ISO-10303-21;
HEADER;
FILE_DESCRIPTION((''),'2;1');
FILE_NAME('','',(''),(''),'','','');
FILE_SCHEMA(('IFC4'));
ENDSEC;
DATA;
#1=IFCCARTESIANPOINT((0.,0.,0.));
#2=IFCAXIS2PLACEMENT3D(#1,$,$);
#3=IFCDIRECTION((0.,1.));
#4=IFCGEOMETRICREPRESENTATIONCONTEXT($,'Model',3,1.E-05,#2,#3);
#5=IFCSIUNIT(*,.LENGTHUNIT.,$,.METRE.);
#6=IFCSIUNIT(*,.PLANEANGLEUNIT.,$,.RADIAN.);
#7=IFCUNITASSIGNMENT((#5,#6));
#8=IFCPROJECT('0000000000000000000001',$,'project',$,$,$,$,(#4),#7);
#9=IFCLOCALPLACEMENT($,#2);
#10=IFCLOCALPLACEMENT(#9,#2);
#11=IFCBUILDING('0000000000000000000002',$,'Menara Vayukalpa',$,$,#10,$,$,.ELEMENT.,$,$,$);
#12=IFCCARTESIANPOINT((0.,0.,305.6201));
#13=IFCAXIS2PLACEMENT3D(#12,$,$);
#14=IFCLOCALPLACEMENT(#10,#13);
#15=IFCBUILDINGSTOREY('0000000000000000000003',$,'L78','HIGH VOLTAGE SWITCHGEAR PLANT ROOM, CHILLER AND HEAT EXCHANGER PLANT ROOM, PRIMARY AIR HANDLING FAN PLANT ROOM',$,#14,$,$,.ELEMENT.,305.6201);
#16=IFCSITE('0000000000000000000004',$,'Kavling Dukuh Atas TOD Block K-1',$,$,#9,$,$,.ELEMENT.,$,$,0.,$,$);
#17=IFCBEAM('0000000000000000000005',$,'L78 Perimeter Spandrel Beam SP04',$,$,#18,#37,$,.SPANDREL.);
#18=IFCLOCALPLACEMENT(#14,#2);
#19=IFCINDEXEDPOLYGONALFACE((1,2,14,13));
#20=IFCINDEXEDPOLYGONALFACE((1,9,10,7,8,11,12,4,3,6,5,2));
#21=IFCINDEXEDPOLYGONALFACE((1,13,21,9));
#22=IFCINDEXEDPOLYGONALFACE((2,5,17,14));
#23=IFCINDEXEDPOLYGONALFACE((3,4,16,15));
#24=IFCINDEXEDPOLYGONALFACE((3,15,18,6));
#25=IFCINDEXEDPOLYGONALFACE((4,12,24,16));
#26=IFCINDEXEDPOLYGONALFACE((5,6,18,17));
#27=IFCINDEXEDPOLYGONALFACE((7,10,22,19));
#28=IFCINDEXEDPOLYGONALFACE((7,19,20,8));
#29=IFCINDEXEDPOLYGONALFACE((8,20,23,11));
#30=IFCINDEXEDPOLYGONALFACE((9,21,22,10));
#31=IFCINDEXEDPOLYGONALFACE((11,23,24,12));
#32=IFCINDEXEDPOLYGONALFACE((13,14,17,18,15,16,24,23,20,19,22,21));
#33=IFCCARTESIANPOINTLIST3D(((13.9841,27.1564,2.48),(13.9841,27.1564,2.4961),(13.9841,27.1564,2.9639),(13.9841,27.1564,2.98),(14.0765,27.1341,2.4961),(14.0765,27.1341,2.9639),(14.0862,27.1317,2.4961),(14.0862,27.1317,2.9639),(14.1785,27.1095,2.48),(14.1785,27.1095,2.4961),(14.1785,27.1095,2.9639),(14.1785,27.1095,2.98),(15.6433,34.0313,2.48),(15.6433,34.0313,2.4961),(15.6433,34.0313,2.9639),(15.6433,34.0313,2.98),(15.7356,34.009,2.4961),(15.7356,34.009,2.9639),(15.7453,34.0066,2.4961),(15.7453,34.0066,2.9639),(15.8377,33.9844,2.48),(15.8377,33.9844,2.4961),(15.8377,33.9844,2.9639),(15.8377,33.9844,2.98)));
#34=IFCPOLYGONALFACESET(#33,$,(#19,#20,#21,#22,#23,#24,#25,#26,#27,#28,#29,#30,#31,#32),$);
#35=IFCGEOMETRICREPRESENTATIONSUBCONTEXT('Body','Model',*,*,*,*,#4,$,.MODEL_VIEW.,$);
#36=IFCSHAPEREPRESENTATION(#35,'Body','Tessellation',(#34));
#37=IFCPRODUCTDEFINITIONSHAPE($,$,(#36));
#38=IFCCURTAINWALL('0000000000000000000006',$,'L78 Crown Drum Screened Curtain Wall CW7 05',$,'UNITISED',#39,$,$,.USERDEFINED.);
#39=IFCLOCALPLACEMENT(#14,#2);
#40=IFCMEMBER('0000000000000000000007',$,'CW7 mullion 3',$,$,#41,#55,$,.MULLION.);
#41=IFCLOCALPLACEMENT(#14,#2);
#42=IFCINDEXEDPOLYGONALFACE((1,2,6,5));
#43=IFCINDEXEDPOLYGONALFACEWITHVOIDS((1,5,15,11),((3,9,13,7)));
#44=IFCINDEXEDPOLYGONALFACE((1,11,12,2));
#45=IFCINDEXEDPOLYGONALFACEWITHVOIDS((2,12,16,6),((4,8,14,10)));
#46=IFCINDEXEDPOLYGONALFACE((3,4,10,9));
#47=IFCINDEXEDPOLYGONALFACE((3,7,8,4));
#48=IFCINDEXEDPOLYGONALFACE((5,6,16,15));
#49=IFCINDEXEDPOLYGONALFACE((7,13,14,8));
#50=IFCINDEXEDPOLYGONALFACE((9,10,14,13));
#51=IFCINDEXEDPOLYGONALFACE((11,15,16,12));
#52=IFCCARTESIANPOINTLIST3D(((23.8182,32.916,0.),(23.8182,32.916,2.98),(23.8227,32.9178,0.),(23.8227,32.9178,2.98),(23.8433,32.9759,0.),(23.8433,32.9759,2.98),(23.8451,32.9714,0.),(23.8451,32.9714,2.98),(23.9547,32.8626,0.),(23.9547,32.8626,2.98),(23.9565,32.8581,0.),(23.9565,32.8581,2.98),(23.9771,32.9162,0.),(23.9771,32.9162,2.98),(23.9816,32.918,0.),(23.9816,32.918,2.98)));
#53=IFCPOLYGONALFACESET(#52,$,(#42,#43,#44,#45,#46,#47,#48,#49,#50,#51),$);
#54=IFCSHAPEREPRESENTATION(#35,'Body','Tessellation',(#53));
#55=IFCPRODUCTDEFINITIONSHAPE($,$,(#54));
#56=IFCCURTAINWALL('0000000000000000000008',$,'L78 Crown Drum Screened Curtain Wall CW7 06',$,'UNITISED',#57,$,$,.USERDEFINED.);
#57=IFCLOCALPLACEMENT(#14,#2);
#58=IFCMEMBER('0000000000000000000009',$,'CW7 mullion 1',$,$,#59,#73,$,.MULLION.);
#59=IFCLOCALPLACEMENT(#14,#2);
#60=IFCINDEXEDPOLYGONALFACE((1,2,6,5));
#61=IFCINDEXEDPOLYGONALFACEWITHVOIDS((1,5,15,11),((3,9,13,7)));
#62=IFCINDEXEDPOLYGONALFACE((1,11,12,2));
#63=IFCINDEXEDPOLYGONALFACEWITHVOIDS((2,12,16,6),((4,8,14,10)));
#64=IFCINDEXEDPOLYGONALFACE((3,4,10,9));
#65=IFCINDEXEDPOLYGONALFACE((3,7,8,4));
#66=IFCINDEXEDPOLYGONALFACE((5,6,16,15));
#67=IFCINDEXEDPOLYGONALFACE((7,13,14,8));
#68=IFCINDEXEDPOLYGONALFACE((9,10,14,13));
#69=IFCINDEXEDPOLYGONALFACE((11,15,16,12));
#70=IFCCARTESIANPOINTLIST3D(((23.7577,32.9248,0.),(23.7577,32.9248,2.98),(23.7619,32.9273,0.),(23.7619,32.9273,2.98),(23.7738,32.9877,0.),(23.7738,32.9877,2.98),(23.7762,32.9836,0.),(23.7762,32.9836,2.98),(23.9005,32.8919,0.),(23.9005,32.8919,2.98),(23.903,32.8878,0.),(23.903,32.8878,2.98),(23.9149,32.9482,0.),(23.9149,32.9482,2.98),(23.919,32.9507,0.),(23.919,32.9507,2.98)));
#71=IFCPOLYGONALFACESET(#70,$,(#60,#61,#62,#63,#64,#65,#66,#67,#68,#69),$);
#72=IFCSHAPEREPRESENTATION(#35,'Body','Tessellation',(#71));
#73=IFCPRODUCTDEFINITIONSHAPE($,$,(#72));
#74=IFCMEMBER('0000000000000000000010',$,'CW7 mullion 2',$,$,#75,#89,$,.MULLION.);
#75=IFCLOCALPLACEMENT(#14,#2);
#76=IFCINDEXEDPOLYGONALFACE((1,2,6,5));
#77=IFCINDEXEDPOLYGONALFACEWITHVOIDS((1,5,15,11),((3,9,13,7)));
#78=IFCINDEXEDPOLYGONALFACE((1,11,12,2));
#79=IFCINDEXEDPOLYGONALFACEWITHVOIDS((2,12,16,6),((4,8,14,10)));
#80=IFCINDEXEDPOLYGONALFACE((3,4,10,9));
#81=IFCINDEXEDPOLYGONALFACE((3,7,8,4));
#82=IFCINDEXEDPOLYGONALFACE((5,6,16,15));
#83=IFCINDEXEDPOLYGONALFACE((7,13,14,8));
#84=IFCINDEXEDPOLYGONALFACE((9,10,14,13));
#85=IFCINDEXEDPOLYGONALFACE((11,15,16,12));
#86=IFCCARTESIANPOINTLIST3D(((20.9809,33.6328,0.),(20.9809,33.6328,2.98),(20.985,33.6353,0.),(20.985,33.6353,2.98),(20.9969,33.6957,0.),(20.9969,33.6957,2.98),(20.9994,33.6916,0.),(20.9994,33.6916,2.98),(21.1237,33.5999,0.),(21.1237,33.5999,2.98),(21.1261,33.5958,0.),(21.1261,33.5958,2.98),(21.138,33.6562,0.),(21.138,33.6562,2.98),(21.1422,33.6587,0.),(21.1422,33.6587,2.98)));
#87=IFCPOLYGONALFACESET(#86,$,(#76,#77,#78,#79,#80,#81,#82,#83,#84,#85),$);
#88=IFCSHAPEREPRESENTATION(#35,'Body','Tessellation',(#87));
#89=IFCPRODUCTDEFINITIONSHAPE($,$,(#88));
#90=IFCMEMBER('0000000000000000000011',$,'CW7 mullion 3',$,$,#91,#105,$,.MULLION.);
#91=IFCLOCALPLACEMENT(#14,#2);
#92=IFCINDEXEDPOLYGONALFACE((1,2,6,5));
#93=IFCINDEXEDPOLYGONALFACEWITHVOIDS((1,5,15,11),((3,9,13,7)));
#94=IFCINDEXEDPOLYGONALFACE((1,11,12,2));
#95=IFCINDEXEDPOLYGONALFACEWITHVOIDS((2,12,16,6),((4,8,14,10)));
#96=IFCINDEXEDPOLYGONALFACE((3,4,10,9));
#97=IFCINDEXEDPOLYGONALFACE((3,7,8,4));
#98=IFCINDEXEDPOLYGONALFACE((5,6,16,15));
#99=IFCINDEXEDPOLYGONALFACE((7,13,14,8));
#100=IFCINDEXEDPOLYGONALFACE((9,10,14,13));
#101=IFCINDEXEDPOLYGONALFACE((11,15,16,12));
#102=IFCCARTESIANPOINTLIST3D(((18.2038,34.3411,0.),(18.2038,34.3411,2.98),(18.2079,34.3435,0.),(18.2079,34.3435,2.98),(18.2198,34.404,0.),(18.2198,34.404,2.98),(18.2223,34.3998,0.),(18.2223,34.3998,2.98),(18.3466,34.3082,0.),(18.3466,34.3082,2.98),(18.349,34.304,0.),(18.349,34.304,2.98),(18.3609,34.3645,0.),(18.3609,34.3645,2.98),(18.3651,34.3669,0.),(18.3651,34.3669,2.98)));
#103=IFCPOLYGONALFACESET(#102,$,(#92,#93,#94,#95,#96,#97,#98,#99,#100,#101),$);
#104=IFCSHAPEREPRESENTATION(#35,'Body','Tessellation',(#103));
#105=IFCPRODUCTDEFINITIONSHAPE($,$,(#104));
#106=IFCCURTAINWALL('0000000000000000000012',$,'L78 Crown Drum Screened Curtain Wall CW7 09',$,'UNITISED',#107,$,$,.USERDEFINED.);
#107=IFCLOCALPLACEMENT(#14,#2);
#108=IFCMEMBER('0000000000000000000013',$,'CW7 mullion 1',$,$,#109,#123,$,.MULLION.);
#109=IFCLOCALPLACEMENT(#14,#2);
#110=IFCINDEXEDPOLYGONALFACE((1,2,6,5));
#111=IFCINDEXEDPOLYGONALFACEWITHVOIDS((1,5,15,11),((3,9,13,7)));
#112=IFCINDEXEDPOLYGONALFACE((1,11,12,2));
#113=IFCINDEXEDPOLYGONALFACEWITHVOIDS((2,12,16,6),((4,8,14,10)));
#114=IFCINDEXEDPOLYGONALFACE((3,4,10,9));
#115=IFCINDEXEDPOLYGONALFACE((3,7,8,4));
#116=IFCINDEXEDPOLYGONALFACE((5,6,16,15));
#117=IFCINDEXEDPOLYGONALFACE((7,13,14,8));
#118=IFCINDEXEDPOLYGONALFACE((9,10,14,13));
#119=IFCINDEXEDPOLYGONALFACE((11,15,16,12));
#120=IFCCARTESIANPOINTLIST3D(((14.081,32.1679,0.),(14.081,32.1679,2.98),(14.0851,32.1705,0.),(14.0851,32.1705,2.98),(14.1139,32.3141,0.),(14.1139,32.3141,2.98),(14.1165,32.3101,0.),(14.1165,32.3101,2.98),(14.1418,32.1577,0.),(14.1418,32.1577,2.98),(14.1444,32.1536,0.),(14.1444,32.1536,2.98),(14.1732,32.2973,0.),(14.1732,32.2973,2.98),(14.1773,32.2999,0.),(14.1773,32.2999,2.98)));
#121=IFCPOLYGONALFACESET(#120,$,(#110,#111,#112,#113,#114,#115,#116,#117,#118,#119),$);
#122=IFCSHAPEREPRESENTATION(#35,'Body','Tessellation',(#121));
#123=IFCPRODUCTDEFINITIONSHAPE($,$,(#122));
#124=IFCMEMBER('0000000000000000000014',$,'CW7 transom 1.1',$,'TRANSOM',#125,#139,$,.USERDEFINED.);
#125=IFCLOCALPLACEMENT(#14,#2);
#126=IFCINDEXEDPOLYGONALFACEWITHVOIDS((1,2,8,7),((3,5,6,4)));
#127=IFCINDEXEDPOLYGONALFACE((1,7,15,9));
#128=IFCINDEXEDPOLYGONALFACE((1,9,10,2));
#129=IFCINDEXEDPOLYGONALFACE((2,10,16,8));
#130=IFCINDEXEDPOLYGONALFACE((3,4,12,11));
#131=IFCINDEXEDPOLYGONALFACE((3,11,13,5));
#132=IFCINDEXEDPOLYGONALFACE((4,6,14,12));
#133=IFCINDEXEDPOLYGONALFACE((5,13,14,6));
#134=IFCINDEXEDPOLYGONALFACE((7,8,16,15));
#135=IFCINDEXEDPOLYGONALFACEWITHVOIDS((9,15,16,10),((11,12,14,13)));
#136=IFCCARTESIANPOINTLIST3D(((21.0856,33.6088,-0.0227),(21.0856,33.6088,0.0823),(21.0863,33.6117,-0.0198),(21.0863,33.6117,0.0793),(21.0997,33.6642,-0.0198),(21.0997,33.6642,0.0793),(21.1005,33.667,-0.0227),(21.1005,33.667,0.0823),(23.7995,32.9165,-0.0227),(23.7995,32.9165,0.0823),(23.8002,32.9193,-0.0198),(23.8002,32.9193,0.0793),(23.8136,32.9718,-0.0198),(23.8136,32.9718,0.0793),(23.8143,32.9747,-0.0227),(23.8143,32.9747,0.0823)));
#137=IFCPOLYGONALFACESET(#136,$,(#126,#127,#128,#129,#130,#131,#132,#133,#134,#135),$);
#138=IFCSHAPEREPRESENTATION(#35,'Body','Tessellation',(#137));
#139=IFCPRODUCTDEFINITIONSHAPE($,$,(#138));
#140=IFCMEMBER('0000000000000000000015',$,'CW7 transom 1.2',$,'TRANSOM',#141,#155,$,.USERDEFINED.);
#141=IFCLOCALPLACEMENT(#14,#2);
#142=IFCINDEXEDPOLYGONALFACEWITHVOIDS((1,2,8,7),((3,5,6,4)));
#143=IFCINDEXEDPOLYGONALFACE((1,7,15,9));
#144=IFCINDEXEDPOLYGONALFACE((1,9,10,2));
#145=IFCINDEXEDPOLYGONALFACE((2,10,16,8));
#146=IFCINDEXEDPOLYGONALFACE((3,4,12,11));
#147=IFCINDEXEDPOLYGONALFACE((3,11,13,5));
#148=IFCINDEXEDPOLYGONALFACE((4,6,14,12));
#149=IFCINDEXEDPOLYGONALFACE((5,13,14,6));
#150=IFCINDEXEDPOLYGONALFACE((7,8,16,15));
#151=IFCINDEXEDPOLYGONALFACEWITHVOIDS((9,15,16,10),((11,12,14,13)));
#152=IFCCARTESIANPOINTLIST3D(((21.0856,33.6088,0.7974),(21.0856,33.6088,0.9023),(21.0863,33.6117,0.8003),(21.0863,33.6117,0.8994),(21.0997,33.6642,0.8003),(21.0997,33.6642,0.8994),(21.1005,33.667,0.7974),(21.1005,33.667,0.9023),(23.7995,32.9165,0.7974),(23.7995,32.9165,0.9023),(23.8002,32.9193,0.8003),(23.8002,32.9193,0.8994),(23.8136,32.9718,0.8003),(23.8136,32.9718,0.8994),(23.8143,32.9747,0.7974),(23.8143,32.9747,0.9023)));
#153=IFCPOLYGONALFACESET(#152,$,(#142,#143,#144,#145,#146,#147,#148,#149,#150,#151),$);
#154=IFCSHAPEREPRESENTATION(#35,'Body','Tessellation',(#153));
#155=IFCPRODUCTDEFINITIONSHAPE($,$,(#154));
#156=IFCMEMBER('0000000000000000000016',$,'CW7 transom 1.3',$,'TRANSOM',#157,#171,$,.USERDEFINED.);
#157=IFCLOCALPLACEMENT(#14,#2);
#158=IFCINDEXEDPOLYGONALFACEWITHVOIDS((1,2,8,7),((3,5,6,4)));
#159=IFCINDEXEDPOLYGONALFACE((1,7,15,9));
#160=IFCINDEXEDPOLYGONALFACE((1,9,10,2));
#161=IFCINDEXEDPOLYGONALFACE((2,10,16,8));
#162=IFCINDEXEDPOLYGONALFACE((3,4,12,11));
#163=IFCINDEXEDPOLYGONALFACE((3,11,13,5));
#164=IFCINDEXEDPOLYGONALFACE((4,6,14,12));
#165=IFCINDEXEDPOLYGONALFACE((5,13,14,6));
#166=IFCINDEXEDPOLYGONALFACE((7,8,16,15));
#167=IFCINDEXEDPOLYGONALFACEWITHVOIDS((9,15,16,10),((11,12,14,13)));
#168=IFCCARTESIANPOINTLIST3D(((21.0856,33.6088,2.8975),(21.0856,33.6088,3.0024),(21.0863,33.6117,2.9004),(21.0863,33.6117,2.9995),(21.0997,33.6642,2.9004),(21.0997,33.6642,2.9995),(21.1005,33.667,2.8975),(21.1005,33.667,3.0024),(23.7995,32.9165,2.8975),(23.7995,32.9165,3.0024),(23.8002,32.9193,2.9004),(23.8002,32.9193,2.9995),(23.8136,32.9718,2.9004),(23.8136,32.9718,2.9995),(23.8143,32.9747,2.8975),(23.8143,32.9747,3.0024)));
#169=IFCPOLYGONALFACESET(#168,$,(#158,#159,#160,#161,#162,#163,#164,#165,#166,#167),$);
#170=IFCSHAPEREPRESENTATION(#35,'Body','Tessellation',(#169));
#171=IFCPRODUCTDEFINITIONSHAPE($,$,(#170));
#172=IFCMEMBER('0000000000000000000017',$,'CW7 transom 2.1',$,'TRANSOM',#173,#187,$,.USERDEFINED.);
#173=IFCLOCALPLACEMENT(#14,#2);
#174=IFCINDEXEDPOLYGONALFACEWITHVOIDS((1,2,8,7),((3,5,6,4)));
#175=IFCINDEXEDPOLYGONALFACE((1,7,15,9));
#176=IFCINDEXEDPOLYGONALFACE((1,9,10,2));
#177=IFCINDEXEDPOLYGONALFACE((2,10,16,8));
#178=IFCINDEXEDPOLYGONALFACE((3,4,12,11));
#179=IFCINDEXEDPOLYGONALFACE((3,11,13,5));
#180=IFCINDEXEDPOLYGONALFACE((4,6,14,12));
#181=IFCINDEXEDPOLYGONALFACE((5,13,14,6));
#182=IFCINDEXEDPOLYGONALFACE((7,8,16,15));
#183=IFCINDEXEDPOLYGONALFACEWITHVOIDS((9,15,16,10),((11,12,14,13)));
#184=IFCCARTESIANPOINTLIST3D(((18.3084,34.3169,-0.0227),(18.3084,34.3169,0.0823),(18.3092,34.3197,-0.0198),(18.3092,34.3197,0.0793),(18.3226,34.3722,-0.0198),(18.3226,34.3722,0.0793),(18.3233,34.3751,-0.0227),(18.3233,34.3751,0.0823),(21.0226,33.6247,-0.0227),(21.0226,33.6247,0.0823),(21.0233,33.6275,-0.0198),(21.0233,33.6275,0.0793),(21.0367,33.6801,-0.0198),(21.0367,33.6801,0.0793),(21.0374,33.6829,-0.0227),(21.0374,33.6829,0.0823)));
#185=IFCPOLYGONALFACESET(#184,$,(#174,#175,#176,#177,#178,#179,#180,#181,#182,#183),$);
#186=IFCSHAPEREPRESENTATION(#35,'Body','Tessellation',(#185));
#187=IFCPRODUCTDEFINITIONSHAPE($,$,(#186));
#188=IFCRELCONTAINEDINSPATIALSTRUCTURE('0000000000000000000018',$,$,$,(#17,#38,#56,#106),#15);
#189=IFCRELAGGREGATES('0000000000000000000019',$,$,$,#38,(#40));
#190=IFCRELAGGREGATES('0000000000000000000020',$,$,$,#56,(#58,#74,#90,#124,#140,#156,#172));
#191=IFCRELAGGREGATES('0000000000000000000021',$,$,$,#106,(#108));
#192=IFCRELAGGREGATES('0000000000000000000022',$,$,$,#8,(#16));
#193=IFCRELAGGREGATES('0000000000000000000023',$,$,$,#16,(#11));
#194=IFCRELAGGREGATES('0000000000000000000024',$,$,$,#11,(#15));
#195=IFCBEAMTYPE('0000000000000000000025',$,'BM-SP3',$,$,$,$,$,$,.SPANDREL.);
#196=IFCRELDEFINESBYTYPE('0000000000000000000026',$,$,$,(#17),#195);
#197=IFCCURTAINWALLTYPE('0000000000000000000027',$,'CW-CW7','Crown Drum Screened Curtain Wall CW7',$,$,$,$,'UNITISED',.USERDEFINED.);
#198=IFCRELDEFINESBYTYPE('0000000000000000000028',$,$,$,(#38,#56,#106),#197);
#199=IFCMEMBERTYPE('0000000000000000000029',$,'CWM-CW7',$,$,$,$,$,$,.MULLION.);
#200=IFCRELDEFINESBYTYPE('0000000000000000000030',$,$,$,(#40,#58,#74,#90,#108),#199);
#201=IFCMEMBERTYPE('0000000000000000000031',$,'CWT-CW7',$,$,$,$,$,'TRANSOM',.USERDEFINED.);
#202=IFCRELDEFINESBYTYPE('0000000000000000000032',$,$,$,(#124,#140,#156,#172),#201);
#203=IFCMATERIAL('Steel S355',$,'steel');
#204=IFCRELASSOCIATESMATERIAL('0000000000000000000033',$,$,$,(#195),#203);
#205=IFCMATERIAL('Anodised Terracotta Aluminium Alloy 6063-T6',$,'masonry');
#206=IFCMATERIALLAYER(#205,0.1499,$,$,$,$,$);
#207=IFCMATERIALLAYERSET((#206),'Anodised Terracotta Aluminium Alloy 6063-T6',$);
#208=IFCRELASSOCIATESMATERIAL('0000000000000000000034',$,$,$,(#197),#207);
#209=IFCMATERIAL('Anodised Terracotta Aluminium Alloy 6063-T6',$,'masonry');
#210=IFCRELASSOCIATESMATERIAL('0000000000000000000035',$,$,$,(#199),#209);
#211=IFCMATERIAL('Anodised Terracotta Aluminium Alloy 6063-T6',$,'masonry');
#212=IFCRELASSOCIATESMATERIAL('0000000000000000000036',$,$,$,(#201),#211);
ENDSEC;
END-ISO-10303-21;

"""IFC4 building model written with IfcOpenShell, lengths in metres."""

from ifc_helpers import new_model, si_unit, direction, frame, origin, origin_2d, place, context, subcontext, project, spatial, hollow_rectangle, i_section, extrude, material, layer, layer_set, material_profile, profile_set, type_object, element, aggregate, save


model = new_model("IFC4")

# Units and contexts
model_context = context("Model", 3, precision=1e-05, world=origin(), true_north=direction((0.0, 1.0)))
body_context = subcontext(model_context, "Body", "Model", "MODEL_VIEW")
ifc_project = project(units=[si_unit("LENGTHUNIT", "METRE"), si_unit("PLANEANGLEUNIT", "RADIAN")], contexts=[model_context])

# Site, building, storey
site_placement = place(None, origin())
site = spatial("IfcSite", under=ifc_project, at=site_placement, Name="Kavling Dukuh Atas TOD Block K-1", CompositionType="ELEMENT", RefElevation=0.0)
building_placement = place(site_placement, origin())
building = spatial("IfcBuilding", under=site, at=building_placement, Name="Menara Vayukalpa", CompositionType="ELEMENT")
storey_placement = place(building_placement, frame((0.0, 0.0, 305.6201)))
storey = spatial("IfcBuildingStorey", under=building, at=storey_placement, Name="L78", Description="HIGH VOLTAGE SWITCHGEAR PLANT ROOM, CHILLER AND HEAT EXCHANGER PLANT ROOM, PRIMARY AIR HANDLING FAN PLANT ROOM", CompositionType="ELEMENT", Elevation=305.6201)

# Beam
ifc_material_1 = material(Name="Steel S355", Category="steel")
ifc_material_profile_1 = material_profile(ifc_material_1, i_section(OverallWidth=0.2, OverallDepth=0.5, WebThickness=0.01, FlangeThickness=0.0161, at=origin_2d()), Name="WF 500x200x10x16")
ifc_profile_set_1 = profile_set([ifc_material_profile_1], Name="Steel S355")
beam_type_1 = type_object("IfcBeamType", Name="BM-SP3", PredefinedType="SPANDREL", material=ifc_profile_set_1)
beam_1_placement = place(storey_placement, frame((15.7405, 34.0078, 2.73), z_axis=(-0.2346, -0.972092, 0.0), x_axis=(0.972092, -0.2346, 0.0)))
element("IfcBeam", 1, at=beam_1_placement, inside=storey, type_object=beam_type_1, Name="L78 Perimeter Spandrel Beam SP04", PredefinedType="SPANDREL", context=body_context, shape_type="SweptSolid", body=[
    extrude(i_section(OverallWidth=0.2, OverallDepth=0.5, WebThickness=0.01, FlangeThickness=0.0161, at=origin_2d()), origin(), (0.0, 0.0, 1.0), 7.0723),
])

# Curtain wall, member
ifc_material_2 = material(Name="Anodised Terracotta Aluminium Alloy 6063-T6", Category="masonry")
ifc_layer_1 = layer(ifc_material_2, 0.1499)
ifc_layer_set_1 = layer_set([ifc_layer_1], Name="Anodised Terracotta Aluminium Alloy 6063-T6")
curtain_wall_type = type_object("IfcCurtainWallType", Name="CW-CW7", Description="Crown Drum Screened Curtain Wall CW7", ElementType="UNITISED", PredefinedType="USERDEFINED", material=ifc_layer_set_1)
curtain_wall_1_placement = place(storey_placement, origin())
curtain_wall_1 = element("IfcCurtainWall", 2, at=curtain_wall_1_placement, inside=storey, type_object=curtain_wall_type, Name="L78 Crown Drum Screened Curtain Wall CW7 05", ObjectType="UNITISED", PredefinedType="USERDEFINED")
ifc_material_3 = material(Name="Anodised Terracotta Aluminium Alloy 6063-T6", Category="masonry")
ifc_material_profile_2 = material_profile(ifc_material_3, hollow_rectangle(XDim=0.0649, YDim=0.1499, WallThickness=0.0034, at=origin_2d()), Name="ALU 65x150x3.5")
ifc_profile_set_2 = profile_set([ifc_material_profile_2], Name="Anodised Terracotta Aluminium Alloy 6063-T6")
member_type_1 = type_object("IfcMemberType", Name="CWM-CW7", PredefinedType="MULLION", material=ifc_profile_set_2)
member_1_placement = place(storey_placement, frame((23.8999, 32.917, 0.0), z_axis=(0.0, 0.0, 1.0), x_axis=(-0.385898, -0.922541, 0.0)))
member_1 = element("IfcMember", 3, at=member_1_placement, type_object=member_type_1, Name="CW7 mullion 3", PredefinedType="MULLION", context=body_context, shape_type="SweptSolid", body=[
    extrude(hollow_rectangle(XDim=0.0649, YDim=0.1499, WallThickness=0.0034, at=origin_2d()), origin(), (0.0, 0.0, 1.0), 2.98),
])
aggregate(curtain_wall_1, [member_1])

# Curtain wall, members
curtain_wall_2_placement = place(storey_placement, origin())
curtain_wall_2 = element("IfcCurtainWall", 4, at=curtain_wall_2_placement, inside=storey, type_object=curtain_wall_type, Name="L78 Crown Drum Screened Curtain Wall CW7 06", ObjectType="UNITISED", PredefinedType="USERDEFINED")
member_2_placement = place(storey_placement, frame((23.8384, 32.9377, 0.0), z_axis=(0.0, 0.0, 1.0), x_axis=(-0.247124, -0.968984, 0.0)))
member_2 = element("IfcMember", 5, at=member_2_placement, type_object=member_type_1, Name="CW7 mullion 1", PredefinedType="MULLION", context=body_context, shape_type="SweptSolid", body=[
    extrude(hollow_rectangle(XDim=0.0649, YDim=0.1499, WallThickness=0.0034, at=origin_2d()), origin(), (0.0, 0.0, 1.0), 2.98),
])
member_3_placement = place(storey_placement, frame((21.0615, 33.6458, 0.0), z_axis=(0.0, 0.0, 1.0), x_axis=(-0.247124, -0.968984, 0.0)))
member_3 = element("IfcMember", 6, at=member_3_placement, type_object=member_type_1, Name="CW7 mullion 2", PredefinedType="MULLION", context=body_context, shape_type="SweptSolid", body=[
    extrude(hollow_rectangle(XDim=0.0649, YDim=0.1499, WallThickness=0.0034, at=origin_2d()), origin(), (0.0, 0.0, 1.0), 2.98),
])
member_4_placement = place(storey_placement, frame((18.2844, 34.354, 0.0), z_axis=(0.0, 0.0, 1.0), x_axis=(-0.247124, -0.968984, 0.0)))
member_4 = element("IfcMember", 7, at=member_4_placement, type_object=member_type_1, Name="CW7 mullion 3", PredefinedType="MULLION", context=body_context, shape_type="SweptSolid", body=[
    extrude(hollow_rectangle(XDim=0.0649, YDim=0.1499, WallThickness=0.0034, at=origin_2d()), origin(), (0.0, 0.0, 1.0), 2.98),
])

# Curtain wall, member
curtain_wall_3_placement = place(storey_placement, origin())
curtain_wall_3 = element("IfcCurtainWall", 8, at=curtain_wall_3_placement, inside=storey, type_object=curtain_wall_type, Name="L78 Crown Drum Screened Curtain Wall CW7 09", ObjectType="UNITISED", PredefinedType="USERDEFINED")
member_5_placement = place(storey_placement, frame((14.1292, 32.2339, 0.0), z_axis=(0.0, 0.0, 1.0), x_axis=(0.975609, -0.219516, 0.0)))
member_5 = element("IfcMember", 9, at=member_5_placement, type_object=member_type_1, Name="CW7 mullion 1", PredefinedType="MULLION", context=body_context, shape_type="SweptSolid", body=[
    extrude(hollow_rectangle(XDim=0.0649, YDim=0.1499, WallThickness=0.0034, at=origin_2d()), origin(), (0.0, 0.0, 1.0), 2.98),
])

# Members
ifc_material_4 = material(Name="Anodised Terracotta Aluminium Alloy 6063-T6", Category="masonry")
ifc_material_profile_3 = material_profile(ifc_material_4, hollow_rectangle(XDim=0.0601, YDim=0.105, WallThickness=0.0029, at=origin_2d()), Name="ALU 60x105x3")
ifc_profile_set_3 = profile_set([ifc_material_profile_3], Name="Anodised Terracotta Aluminium Alloy 6063-T6")
member_type_2 = type_object("IfcMemberType", Name="CWT-CW7", ElementType="TRANSOM", PredefinedType="USERDEFINED", material=ifc_profile_set_3)
member_6_placement = place(storey_placement, frame((23.8069, 32.9456, 0.0298), z_axis=(-0.968962, 0.247209, 0.0), x_axis=(-0.247209, -0.968962, 0.0)))
member_6 = element("IfcMember", 10, at=member_6_placement, type_object=member_type_2, Name="CW7 transom 1.1", ObjectType="TRANSOM", PredefinedType="USERDEFINED", context=body_context, shape_type="SweptSolid", body=[
    extrude(hollow_rectangle(XDim=0.0601, YDim=0.105, WallThickness=0.0029, at=origin_2d()), origin(), (0.0, 0.0, 1.0), 2.8008),
])
member_7_placement = place(storey_placement, frame((23.8069, 32.9456, 0.8499), z_axis=(-0.968962, 0.247209, 0.0), x_axis=(-0.247209, -0.968962, 0.0)))
member_7 = element("IfcMember", 11, at=member_7_placement, type_object=member_type_2, Name="CW7 transom 1.2", ObjectType="TRANSOM", PredefinedType="USERDEFINED", context=body_context, shape_type="SweptSolid", body=[
    extrude(hollow_rectangle(XDim=0.0601, YDim=0.105, WallThickness=0.0029, at=origin_2d()), origin(), (0.0, 0.0, 1.0), 2.8008),
])
member_8_placement = place(storey_placement, frame((23.8069, 32.9456, 2.95), z_axis=(-0.968962, 0.247209, 0.0), x_axis=(-0.247209, -0.968962, 0.0)))
member_8 = element("IfcMember", 12, at=member_8_placement, type_object=member_type_2, Name="CW7 transom 1.3", ObjectType="TRANSOM", PredefinedType="USERDEFINED", context=body_context, shape_type="SweptSolid", body=[
    extrude(hollow_rectangle(XDim=0.0601, YDim=0.105, WallThickness=0.0029, at=origin_2d()), origin(), (0.0, 0.0, 1.0), 2.8008),
])
member_9_placement = place(storey_placement, frame((21.03, 33.6538, 0.0298), z_axis=(-0.968988, 0.247106, 0.0), x_axis=(-0.247106, -0.968988, 0.0)))
member_9 = element("IfcMember", 13, at=member_9_placement, type_object=member_type_2, Name="CW7 transom 2.1", ObjectType="TRANSOM", PredefinedType="USERDEFINED", context=body_context, shape_type="SweptSolid", body=[
    extrude(hollow_rectangle(XDim=0.0601, YDim=0.105, WallThickness=0.0029, at=origin_2d()), origin(), (0.0, 0.0, 1.0), 2.801),
])

aggregate(curtain_wall_2, [member_2, member_3, member_4, member_6, member_7, member_8, member_9])
aggregate(curtain_wall_3, [member_5])

save(model, "model.ifc")
